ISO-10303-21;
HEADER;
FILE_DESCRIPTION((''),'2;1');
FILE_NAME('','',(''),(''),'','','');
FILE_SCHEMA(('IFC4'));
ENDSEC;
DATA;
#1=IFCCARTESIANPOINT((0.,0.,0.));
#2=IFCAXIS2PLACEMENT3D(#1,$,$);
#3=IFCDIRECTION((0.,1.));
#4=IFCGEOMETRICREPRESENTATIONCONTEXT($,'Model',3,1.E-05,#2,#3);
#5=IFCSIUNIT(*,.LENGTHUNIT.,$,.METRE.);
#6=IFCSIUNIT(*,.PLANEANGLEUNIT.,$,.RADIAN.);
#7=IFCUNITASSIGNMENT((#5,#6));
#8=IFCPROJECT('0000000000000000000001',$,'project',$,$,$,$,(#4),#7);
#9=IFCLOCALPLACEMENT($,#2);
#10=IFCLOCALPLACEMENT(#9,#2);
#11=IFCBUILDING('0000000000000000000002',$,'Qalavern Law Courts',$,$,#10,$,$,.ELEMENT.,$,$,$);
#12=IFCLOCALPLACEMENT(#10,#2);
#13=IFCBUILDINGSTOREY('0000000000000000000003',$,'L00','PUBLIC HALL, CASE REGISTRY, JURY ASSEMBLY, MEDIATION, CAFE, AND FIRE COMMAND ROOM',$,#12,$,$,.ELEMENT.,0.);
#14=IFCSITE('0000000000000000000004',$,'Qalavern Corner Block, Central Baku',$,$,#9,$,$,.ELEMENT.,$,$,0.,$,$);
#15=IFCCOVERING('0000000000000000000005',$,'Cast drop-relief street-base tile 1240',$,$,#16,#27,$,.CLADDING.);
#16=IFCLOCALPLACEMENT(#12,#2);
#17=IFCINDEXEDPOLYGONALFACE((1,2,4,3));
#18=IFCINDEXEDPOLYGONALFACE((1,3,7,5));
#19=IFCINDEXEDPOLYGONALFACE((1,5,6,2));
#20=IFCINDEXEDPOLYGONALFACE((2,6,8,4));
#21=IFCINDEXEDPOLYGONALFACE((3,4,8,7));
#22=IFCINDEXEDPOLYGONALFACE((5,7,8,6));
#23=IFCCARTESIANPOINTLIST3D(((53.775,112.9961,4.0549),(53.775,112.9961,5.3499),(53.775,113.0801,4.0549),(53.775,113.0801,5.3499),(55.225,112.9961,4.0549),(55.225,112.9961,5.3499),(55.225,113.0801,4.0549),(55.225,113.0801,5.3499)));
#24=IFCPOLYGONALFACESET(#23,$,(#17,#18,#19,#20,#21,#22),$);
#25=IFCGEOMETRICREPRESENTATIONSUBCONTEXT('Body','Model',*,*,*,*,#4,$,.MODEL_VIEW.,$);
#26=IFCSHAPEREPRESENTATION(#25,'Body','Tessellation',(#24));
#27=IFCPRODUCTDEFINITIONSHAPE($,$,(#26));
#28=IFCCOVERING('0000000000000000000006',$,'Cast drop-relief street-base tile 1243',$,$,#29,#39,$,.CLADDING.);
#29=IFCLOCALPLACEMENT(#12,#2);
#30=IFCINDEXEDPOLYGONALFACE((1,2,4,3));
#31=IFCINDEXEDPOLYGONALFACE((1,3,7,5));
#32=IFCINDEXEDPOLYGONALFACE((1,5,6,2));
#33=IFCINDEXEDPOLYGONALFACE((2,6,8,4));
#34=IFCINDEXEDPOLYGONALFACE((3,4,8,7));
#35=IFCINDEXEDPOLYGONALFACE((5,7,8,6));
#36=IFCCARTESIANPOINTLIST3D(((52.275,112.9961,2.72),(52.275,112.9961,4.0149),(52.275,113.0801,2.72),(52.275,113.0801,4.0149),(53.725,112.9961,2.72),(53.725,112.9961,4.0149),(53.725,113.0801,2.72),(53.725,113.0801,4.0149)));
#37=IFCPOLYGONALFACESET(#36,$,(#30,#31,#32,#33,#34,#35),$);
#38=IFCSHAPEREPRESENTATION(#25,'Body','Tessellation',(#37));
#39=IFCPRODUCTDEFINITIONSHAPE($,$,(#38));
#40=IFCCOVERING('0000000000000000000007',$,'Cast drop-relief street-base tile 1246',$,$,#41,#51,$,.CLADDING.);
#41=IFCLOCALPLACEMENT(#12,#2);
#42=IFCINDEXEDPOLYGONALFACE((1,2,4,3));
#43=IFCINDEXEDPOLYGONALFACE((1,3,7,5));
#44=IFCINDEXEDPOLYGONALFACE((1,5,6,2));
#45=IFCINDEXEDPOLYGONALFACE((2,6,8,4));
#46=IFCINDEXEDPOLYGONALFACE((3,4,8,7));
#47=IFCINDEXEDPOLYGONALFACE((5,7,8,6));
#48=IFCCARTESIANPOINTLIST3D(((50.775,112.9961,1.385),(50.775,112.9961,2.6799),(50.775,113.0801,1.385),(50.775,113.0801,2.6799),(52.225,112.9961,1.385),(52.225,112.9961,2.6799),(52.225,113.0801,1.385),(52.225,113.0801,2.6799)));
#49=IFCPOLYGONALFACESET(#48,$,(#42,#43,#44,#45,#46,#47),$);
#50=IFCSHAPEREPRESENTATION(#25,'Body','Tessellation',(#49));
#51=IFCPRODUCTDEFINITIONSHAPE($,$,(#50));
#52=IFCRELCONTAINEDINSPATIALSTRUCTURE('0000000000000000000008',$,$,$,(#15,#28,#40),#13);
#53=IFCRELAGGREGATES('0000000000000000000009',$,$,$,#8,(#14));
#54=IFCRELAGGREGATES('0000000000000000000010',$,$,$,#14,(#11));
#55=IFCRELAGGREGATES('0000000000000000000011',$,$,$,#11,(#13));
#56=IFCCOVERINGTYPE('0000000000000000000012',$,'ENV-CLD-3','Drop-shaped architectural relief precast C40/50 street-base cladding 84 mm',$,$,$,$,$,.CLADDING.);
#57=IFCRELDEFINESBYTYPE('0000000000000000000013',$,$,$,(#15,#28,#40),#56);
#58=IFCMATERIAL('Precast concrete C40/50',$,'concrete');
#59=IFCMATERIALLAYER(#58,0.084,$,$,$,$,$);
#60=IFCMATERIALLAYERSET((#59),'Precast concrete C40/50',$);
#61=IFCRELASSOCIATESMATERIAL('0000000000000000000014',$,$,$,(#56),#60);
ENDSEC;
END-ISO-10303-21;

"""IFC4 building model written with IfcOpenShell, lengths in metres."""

from ifc_helpers import new_model, si_unit, direction, frame, origin, origin_2d, place, context, subcontext, project, spatial, rectangle, extrude, material, layer, layer_set, type_object, element, save


model = new_model("IFC4")

# Units and contexts
model_context = context("Model", 3, precision=1e-05, world=origin(), true_north=direction((0.0, 1.0)))
body_context = subcontext(model_context, "Body", "Model", "MODEL_VIEW")
ifc_project = project(units=[si_unit("LENGTHUNIT", "METRE"), si_unit("PLANEANGLEUNIT", "RADIAN")], contexts=[model_context])

# Site, building, storey
site_placement = place(None, origin())
site = spatial("IfcSite", under=ifc_project, at=site_placement, Name="Qalavern Corner Block, Central Baku", CompositionType="ELEMENT", RefElevation=0.0)
building_placement = place(site_placement, origin())
building = spatial("IfcBuilding", under=site, at=building_placement, Name="Qalavern Law Courts", CompositionType="ELEMENT")
storey_placement = place(building_placement, origin())
storey = spatial("IfcBuildingStorey", under=building, at=storey_placement, Name="L00", Description="PUBLIC HALL, CASE REGISTRY, JURY ASSEMBLY, MEDIATION, CAFE, AND FIRE COMMAND ROOM", CompositionType="ELEMENT", Elevation=0.0)

# Coverings
ifc_material = material(Name="Precast concrete C40/50", Category="concrete")
ifc_layer_1 = layer(ifc_material, 0.084)
ifc_layer_set_1 = layer_set([ifc_layer_1], Name="Precast concrete C40/50")
covering_type_1 = type_object("IfcCoveringType", Name="ENV-CLD-3", Description="Drop-shaped architectural relief precast C40/50 street-base cladding 84 mm", PredefinedType="CLADDING", material=ifc_layer_set_1)
for number, where, z_axis, x_axis, name in (
    (1, (54.5, 113.0381, 4.0549), (0.0, 0.0, 1.0), (-1.0, 0.0, 0.0), "Cast drop-relief street-base tile 1240"),
    (2, (53.0, 113.0381, 2.72), (0.0, 0.0, 1.0), (-1.0, 0.0, 0.0), "Cast drop-relief street-base tile 1243"),
    (3, (51.5, 113.0381, 1.385), (0.0, 0.0, 1.0), (-1.0, 0.0, 0.0), "Cast drop-relief street-base tile 1246"),
):
    element("IfcCovering", number, at=place(storey_placement, frame(where, z_axis=z_axis, x_axis=x_axis)), inside=storey, type_object=covering_type_1, Name=name, PredefinedType="CLADDING", context=body_context, shape_type="SweptSolid", body=[
        extrude(rectangle(XDim=1.45, YDim=0.084, at=origin_2d()), origin(), (0.0, 0.0, 1.0), 1.2949),
    ])

save(model, "model.ifc")
